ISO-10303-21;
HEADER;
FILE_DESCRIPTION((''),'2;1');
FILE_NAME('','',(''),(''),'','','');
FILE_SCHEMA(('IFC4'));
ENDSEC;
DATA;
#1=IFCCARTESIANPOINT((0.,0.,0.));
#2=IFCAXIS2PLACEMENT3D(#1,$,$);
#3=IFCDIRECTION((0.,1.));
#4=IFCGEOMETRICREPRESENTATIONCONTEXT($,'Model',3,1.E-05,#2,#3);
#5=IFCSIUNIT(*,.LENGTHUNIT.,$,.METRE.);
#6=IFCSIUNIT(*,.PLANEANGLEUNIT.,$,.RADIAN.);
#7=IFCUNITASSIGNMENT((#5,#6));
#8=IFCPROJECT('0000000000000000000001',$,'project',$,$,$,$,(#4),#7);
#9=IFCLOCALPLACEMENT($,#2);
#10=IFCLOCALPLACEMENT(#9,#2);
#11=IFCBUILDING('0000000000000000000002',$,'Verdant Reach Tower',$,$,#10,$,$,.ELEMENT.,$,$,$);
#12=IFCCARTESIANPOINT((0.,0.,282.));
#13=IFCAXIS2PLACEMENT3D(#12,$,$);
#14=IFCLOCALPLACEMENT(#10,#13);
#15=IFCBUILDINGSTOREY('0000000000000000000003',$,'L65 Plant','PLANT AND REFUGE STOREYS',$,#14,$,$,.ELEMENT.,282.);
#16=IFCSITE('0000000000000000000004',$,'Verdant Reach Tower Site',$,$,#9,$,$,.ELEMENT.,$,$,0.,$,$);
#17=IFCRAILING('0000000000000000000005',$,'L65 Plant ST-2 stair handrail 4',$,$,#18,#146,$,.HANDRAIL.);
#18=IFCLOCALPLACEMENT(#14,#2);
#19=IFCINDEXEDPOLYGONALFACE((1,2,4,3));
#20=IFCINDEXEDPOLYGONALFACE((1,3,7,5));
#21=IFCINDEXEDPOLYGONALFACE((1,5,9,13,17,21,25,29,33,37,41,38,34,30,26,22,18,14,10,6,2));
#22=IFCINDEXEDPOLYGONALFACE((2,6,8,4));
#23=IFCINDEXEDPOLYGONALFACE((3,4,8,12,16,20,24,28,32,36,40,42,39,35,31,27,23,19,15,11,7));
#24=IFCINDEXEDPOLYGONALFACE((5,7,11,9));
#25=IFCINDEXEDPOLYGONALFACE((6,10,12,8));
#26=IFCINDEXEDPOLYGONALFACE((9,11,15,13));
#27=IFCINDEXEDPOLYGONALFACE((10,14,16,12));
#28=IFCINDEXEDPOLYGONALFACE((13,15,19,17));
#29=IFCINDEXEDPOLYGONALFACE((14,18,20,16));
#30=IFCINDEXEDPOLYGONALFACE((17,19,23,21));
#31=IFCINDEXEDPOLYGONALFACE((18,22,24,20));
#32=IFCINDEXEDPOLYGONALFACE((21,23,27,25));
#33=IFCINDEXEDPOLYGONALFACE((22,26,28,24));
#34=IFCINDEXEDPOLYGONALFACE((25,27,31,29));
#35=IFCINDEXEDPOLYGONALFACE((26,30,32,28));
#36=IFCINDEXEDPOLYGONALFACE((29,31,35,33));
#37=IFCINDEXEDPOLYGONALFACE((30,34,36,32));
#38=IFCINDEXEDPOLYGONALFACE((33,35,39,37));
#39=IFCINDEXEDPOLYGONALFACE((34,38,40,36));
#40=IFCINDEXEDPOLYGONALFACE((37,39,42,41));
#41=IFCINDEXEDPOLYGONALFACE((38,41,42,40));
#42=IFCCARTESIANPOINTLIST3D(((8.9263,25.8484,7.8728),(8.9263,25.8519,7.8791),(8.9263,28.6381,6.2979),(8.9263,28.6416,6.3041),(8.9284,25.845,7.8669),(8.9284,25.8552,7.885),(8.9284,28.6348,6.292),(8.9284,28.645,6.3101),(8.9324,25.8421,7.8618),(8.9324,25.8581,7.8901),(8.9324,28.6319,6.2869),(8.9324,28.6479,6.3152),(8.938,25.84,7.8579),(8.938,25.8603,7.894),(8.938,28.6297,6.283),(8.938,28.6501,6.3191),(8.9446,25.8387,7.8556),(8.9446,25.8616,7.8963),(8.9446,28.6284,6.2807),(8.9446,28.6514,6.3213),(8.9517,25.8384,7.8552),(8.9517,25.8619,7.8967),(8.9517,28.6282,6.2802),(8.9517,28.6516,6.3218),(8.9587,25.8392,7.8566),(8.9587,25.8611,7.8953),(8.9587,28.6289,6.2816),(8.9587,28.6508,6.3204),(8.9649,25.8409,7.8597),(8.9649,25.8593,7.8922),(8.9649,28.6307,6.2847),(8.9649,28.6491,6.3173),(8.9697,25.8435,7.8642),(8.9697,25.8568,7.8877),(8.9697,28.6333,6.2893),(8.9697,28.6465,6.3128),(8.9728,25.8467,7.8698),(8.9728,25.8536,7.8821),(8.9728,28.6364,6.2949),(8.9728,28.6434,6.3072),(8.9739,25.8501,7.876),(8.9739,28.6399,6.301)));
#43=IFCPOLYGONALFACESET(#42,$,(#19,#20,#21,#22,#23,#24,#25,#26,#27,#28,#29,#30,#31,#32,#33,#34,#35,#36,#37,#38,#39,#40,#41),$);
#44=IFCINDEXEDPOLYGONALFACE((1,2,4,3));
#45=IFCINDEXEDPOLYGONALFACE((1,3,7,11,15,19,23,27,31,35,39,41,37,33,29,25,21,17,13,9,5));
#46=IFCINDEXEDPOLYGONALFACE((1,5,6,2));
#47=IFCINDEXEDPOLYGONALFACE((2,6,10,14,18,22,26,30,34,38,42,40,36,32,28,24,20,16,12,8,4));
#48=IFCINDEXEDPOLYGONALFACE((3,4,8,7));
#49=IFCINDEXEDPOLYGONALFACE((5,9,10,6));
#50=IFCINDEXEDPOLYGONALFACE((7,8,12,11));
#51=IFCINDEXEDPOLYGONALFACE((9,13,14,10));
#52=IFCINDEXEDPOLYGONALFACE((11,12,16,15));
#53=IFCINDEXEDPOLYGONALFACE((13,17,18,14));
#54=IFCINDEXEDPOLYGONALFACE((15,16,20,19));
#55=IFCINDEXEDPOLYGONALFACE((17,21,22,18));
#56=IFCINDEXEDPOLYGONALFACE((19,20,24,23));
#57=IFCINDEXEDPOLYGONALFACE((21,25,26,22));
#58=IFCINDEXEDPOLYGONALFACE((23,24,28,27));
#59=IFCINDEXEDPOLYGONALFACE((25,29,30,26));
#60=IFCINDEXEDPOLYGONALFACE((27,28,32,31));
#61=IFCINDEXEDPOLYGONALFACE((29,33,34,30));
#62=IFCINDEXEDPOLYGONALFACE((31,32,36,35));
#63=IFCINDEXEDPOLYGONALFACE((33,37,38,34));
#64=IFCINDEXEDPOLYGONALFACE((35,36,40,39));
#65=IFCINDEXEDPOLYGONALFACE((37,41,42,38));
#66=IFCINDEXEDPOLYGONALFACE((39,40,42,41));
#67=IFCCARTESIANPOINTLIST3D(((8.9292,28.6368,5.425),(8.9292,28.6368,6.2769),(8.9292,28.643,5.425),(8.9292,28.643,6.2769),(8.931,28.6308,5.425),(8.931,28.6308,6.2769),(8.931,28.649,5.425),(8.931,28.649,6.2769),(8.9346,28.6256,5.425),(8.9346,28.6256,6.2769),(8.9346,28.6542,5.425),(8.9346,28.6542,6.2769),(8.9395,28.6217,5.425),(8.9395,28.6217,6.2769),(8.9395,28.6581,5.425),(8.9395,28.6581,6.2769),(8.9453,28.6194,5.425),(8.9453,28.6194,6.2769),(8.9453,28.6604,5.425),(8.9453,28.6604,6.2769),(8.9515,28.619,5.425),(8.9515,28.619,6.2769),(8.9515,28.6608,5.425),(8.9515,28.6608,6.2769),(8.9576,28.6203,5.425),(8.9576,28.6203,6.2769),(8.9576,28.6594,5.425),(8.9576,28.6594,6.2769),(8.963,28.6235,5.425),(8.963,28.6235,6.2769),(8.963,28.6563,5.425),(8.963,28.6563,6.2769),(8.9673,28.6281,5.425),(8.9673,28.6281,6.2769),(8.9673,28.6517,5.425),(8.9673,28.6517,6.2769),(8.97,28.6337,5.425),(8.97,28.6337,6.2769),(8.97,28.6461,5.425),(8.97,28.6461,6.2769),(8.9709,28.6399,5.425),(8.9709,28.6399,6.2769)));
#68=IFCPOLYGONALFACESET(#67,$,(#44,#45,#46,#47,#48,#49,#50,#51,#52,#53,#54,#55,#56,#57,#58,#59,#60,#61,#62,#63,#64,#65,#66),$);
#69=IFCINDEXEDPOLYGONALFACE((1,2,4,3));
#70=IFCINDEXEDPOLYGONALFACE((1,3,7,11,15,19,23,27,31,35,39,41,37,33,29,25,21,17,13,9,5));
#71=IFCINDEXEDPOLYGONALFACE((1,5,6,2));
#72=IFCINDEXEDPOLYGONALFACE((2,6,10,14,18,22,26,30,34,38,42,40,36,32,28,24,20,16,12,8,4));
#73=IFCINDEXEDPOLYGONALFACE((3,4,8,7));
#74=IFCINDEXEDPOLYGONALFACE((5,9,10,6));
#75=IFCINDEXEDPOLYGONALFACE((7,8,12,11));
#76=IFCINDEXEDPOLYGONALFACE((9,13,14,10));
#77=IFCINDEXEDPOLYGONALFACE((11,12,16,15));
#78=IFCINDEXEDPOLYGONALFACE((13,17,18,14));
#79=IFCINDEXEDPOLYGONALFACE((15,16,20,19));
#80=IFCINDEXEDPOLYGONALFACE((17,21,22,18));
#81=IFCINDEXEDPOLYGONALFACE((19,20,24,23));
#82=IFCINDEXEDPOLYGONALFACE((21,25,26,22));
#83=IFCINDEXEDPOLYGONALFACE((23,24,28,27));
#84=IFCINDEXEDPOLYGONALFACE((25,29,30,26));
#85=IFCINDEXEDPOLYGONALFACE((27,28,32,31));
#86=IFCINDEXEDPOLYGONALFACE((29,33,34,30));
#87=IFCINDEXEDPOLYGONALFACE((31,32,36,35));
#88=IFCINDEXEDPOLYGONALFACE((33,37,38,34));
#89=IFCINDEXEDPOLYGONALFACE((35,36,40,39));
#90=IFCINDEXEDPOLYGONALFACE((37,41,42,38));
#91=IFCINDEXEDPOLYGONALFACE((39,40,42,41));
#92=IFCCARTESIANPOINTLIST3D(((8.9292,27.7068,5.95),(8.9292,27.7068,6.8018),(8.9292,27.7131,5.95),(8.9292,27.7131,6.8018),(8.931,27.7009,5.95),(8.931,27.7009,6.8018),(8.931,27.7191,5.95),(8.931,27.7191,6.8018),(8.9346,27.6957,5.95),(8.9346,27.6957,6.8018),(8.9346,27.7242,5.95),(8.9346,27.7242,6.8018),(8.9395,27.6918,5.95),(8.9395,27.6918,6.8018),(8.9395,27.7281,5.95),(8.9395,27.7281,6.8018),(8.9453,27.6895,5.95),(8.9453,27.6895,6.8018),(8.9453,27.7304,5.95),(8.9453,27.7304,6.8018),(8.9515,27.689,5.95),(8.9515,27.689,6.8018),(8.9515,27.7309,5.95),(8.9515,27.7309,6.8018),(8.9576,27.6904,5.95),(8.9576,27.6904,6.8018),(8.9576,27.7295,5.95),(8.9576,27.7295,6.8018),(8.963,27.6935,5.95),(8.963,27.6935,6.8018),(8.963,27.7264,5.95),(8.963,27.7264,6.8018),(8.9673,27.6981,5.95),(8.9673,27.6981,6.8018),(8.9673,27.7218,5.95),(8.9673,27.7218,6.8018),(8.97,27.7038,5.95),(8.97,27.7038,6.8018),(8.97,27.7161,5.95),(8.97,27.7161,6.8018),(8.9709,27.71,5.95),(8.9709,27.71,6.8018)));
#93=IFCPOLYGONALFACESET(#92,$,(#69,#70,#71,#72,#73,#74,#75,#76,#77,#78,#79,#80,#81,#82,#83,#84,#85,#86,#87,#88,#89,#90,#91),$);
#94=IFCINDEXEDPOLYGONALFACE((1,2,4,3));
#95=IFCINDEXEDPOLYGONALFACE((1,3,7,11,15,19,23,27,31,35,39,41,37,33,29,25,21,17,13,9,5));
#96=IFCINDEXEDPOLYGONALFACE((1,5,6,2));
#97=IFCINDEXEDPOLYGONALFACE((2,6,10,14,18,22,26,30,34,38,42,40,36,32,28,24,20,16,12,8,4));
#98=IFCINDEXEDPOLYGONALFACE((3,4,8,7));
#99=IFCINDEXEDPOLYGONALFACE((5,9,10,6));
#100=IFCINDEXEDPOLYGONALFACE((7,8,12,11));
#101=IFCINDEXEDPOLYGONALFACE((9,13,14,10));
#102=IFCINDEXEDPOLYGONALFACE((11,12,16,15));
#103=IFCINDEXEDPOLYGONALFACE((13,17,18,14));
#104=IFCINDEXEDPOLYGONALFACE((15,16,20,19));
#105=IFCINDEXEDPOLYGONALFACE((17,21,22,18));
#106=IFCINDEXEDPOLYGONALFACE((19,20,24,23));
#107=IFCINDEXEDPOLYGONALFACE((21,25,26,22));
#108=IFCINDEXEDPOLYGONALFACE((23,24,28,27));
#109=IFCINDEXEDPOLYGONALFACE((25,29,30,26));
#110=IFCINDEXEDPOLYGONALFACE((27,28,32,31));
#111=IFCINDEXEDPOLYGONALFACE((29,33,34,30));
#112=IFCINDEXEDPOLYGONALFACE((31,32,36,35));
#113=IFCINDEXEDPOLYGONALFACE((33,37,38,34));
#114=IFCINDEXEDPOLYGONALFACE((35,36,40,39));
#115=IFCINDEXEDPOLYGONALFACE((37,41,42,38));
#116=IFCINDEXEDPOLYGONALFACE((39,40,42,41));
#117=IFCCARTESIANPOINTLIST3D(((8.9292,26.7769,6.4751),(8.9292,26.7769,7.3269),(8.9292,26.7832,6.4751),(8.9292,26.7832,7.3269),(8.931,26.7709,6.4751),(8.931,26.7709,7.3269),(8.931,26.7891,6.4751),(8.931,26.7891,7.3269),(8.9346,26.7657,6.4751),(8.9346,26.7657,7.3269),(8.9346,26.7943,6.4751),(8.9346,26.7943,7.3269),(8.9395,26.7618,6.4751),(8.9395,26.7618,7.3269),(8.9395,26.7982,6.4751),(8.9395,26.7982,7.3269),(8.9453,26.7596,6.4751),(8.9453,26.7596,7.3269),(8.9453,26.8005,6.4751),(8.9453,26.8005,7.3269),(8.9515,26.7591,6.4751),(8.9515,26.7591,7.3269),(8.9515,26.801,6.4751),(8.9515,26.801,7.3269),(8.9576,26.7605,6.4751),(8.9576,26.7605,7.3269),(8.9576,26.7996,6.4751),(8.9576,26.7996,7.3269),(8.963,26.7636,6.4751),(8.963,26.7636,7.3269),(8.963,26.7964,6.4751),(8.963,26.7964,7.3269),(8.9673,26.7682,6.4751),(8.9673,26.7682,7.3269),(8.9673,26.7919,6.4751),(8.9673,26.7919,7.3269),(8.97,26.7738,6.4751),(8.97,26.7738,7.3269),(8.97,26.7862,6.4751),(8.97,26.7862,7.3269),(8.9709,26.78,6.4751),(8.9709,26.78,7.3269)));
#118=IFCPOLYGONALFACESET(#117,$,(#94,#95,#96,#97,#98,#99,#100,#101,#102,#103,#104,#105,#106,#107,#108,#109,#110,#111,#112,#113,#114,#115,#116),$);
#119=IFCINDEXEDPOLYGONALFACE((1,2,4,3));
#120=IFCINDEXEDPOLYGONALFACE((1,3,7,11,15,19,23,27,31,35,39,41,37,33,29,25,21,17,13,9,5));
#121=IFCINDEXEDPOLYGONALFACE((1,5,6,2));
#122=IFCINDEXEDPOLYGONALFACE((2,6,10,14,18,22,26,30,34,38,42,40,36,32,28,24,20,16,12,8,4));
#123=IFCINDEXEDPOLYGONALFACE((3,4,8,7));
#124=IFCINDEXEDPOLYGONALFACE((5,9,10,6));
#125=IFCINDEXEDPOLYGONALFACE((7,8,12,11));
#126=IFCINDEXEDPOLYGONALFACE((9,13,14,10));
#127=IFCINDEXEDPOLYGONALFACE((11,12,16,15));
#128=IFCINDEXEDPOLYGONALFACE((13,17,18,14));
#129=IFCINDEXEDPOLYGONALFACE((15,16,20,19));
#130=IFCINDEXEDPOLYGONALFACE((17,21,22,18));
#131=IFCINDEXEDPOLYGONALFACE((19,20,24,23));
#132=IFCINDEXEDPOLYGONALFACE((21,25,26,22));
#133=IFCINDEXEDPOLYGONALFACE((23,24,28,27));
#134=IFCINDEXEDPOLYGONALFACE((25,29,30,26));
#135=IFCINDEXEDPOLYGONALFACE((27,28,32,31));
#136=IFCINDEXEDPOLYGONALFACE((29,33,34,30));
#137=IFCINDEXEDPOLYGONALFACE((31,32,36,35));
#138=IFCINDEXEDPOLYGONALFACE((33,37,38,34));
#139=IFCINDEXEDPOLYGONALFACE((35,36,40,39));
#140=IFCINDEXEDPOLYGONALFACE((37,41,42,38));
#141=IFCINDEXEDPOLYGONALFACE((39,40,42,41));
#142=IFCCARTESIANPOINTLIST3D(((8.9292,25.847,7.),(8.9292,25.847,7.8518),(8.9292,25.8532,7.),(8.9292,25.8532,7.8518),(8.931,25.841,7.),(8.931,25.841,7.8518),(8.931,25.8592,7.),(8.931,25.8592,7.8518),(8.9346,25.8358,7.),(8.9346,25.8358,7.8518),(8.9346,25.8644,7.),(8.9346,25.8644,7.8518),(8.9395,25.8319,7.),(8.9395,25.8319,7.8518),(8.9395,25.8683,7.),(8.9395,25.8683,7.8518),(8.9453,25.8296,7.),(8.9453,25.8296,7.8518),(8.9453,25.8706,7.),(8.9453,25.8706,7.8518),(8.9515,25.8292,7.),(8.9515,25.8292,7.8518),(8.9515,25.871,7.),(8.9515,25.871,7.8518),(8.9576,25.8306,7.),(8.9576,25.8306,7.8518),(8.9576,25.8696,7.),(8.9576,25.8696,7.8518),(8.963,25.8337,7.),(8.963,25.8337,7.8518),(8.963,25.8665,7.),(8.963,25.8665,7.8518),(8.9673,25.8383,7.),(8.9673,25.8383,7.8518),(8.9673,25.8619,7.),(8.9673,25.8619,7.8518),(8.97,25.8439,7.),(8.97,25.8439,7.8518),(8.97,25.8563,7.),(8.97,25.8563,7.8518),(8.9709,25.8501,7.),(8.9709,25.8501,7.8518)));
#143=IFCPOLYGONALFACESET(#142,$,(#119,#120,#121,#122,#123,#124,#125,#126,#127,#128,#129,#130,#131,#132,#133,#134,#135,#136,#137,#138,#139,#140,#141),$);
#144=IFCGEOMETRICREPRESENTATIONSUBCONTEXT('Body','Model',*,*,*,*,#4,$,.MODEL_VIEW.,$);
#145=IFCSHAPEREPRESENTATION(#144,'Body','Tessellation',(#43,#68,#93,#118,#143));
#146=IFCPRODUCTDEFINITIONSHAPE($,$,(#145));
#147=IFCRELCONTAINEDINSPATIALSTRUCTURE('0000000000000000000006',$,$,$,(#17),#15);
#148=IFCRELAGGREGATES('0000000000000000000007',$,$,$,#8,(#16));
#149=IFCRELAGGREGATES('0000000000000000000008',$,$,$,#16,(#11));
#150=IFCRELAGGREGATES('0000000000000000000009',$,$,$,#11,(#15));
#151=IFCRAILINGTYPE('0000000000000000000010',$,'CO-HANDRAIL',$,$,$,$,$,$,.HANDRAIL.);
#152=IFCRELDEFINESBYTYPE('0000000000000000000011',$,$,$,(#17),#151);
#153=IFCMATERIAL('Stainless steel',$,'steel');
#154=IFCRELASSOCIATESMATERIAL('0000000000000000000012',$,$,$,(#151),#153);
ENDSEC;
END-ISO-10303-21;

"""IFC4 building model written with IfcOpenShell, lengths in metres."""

from ifc_helpers import new_model, si_unit, direction, frame, origin, origin_2d, place, context, subcontext, project, spatial, circle, extrude, material, type_object, element, save


model = new_model("IFC4")

# Units and contexts
model_context = context("Model", 3, precision=1e-05, world=origin(), true_north=direction((0.0, 1.0)))
body_context = subcontext(model_context, "Body", "Model", "MODEL_VIEW")
ifc_project = project(units=[si_unit("LENGTHUNIT", "METRE"), si_unit("PLANEANGLEUNIT", "RADIAN")], contexts=[model_context])

# Site, building, storey
site_placement = place(None, origin())
site = spatial("IfcSite", under=ifc_project, at=site_placement, Name="Verdant Reach Tower Site", CompositionType="ELEMENT", RefElevation=0.0)
building_placement = place(site_placement, origin())
building = spatial("IfcBuilding", under=site, at=building_placement, Name="Verdant Reach Tower", CompositionType="ELEMENT")
storey_placement = place(building_placement, frame((0.0, 0.0, 282.0)))
storey = spatial("IfcBuildingStorey", under=building, at=storey_placement, Name="L65 Plant", Description="PLANT AND REFUGE STOREYS", CompositionType="ELEMENT", Elevation=282.0)

# Railing
ifc_material_1 = material(Name="Stainless steel", Category="steel")
railing_type_1 = type_object("IfcRailingType", Name="CO-HANDRAIL", PredefinedType="HANDRAIL", material=ifc_material_1)
for number, where, name in (
    (1, (8.95, 28.6399, 5.425), "L65 Plant ST-2 stair handrail 4"),
):
    element("IfcRailing", number, at=place(storey_placement, frame(where)), inside=storey, type_object=railing_type_1, Name=name, PredefinedType="HANDRAIL", context=body_context, shape_type="SweptSolid", body=[
        extrude(circle(Radius=0.0239, at=origin_2d()), frame((0.0, 0.0, 0.876), z_axis=(0.0, -0.870815, 0.49161), x_axis=(1.0, 0.0, 0.0)), (0.0, 0.0, 1.0), 3.2036),
        extrude(circle(Radius=0.021, at=origin_2d()), origin(), (0.0, 0.0, 1.0), 0.8518),
        extrude(circle(Radius=0.021, at=origin_2d()), frame((0.0, -0.9299, 0.5249)), (0.0, 0.0, 1.0), 0.8518),
        extrude(circle(Radius=0.021, at=origin_2d()), frame((0.0, -1.8599, 1.05)), (0.0, 0.0, 1.0), 0.8518),
        extrude(circle(Radius=0.021, at=origin_2d()), frame((0.0, -2.7898, 1.575)), (0.0, 0.0, 1.0), 0.8518),
    ])

save(model, "model.ifc")
